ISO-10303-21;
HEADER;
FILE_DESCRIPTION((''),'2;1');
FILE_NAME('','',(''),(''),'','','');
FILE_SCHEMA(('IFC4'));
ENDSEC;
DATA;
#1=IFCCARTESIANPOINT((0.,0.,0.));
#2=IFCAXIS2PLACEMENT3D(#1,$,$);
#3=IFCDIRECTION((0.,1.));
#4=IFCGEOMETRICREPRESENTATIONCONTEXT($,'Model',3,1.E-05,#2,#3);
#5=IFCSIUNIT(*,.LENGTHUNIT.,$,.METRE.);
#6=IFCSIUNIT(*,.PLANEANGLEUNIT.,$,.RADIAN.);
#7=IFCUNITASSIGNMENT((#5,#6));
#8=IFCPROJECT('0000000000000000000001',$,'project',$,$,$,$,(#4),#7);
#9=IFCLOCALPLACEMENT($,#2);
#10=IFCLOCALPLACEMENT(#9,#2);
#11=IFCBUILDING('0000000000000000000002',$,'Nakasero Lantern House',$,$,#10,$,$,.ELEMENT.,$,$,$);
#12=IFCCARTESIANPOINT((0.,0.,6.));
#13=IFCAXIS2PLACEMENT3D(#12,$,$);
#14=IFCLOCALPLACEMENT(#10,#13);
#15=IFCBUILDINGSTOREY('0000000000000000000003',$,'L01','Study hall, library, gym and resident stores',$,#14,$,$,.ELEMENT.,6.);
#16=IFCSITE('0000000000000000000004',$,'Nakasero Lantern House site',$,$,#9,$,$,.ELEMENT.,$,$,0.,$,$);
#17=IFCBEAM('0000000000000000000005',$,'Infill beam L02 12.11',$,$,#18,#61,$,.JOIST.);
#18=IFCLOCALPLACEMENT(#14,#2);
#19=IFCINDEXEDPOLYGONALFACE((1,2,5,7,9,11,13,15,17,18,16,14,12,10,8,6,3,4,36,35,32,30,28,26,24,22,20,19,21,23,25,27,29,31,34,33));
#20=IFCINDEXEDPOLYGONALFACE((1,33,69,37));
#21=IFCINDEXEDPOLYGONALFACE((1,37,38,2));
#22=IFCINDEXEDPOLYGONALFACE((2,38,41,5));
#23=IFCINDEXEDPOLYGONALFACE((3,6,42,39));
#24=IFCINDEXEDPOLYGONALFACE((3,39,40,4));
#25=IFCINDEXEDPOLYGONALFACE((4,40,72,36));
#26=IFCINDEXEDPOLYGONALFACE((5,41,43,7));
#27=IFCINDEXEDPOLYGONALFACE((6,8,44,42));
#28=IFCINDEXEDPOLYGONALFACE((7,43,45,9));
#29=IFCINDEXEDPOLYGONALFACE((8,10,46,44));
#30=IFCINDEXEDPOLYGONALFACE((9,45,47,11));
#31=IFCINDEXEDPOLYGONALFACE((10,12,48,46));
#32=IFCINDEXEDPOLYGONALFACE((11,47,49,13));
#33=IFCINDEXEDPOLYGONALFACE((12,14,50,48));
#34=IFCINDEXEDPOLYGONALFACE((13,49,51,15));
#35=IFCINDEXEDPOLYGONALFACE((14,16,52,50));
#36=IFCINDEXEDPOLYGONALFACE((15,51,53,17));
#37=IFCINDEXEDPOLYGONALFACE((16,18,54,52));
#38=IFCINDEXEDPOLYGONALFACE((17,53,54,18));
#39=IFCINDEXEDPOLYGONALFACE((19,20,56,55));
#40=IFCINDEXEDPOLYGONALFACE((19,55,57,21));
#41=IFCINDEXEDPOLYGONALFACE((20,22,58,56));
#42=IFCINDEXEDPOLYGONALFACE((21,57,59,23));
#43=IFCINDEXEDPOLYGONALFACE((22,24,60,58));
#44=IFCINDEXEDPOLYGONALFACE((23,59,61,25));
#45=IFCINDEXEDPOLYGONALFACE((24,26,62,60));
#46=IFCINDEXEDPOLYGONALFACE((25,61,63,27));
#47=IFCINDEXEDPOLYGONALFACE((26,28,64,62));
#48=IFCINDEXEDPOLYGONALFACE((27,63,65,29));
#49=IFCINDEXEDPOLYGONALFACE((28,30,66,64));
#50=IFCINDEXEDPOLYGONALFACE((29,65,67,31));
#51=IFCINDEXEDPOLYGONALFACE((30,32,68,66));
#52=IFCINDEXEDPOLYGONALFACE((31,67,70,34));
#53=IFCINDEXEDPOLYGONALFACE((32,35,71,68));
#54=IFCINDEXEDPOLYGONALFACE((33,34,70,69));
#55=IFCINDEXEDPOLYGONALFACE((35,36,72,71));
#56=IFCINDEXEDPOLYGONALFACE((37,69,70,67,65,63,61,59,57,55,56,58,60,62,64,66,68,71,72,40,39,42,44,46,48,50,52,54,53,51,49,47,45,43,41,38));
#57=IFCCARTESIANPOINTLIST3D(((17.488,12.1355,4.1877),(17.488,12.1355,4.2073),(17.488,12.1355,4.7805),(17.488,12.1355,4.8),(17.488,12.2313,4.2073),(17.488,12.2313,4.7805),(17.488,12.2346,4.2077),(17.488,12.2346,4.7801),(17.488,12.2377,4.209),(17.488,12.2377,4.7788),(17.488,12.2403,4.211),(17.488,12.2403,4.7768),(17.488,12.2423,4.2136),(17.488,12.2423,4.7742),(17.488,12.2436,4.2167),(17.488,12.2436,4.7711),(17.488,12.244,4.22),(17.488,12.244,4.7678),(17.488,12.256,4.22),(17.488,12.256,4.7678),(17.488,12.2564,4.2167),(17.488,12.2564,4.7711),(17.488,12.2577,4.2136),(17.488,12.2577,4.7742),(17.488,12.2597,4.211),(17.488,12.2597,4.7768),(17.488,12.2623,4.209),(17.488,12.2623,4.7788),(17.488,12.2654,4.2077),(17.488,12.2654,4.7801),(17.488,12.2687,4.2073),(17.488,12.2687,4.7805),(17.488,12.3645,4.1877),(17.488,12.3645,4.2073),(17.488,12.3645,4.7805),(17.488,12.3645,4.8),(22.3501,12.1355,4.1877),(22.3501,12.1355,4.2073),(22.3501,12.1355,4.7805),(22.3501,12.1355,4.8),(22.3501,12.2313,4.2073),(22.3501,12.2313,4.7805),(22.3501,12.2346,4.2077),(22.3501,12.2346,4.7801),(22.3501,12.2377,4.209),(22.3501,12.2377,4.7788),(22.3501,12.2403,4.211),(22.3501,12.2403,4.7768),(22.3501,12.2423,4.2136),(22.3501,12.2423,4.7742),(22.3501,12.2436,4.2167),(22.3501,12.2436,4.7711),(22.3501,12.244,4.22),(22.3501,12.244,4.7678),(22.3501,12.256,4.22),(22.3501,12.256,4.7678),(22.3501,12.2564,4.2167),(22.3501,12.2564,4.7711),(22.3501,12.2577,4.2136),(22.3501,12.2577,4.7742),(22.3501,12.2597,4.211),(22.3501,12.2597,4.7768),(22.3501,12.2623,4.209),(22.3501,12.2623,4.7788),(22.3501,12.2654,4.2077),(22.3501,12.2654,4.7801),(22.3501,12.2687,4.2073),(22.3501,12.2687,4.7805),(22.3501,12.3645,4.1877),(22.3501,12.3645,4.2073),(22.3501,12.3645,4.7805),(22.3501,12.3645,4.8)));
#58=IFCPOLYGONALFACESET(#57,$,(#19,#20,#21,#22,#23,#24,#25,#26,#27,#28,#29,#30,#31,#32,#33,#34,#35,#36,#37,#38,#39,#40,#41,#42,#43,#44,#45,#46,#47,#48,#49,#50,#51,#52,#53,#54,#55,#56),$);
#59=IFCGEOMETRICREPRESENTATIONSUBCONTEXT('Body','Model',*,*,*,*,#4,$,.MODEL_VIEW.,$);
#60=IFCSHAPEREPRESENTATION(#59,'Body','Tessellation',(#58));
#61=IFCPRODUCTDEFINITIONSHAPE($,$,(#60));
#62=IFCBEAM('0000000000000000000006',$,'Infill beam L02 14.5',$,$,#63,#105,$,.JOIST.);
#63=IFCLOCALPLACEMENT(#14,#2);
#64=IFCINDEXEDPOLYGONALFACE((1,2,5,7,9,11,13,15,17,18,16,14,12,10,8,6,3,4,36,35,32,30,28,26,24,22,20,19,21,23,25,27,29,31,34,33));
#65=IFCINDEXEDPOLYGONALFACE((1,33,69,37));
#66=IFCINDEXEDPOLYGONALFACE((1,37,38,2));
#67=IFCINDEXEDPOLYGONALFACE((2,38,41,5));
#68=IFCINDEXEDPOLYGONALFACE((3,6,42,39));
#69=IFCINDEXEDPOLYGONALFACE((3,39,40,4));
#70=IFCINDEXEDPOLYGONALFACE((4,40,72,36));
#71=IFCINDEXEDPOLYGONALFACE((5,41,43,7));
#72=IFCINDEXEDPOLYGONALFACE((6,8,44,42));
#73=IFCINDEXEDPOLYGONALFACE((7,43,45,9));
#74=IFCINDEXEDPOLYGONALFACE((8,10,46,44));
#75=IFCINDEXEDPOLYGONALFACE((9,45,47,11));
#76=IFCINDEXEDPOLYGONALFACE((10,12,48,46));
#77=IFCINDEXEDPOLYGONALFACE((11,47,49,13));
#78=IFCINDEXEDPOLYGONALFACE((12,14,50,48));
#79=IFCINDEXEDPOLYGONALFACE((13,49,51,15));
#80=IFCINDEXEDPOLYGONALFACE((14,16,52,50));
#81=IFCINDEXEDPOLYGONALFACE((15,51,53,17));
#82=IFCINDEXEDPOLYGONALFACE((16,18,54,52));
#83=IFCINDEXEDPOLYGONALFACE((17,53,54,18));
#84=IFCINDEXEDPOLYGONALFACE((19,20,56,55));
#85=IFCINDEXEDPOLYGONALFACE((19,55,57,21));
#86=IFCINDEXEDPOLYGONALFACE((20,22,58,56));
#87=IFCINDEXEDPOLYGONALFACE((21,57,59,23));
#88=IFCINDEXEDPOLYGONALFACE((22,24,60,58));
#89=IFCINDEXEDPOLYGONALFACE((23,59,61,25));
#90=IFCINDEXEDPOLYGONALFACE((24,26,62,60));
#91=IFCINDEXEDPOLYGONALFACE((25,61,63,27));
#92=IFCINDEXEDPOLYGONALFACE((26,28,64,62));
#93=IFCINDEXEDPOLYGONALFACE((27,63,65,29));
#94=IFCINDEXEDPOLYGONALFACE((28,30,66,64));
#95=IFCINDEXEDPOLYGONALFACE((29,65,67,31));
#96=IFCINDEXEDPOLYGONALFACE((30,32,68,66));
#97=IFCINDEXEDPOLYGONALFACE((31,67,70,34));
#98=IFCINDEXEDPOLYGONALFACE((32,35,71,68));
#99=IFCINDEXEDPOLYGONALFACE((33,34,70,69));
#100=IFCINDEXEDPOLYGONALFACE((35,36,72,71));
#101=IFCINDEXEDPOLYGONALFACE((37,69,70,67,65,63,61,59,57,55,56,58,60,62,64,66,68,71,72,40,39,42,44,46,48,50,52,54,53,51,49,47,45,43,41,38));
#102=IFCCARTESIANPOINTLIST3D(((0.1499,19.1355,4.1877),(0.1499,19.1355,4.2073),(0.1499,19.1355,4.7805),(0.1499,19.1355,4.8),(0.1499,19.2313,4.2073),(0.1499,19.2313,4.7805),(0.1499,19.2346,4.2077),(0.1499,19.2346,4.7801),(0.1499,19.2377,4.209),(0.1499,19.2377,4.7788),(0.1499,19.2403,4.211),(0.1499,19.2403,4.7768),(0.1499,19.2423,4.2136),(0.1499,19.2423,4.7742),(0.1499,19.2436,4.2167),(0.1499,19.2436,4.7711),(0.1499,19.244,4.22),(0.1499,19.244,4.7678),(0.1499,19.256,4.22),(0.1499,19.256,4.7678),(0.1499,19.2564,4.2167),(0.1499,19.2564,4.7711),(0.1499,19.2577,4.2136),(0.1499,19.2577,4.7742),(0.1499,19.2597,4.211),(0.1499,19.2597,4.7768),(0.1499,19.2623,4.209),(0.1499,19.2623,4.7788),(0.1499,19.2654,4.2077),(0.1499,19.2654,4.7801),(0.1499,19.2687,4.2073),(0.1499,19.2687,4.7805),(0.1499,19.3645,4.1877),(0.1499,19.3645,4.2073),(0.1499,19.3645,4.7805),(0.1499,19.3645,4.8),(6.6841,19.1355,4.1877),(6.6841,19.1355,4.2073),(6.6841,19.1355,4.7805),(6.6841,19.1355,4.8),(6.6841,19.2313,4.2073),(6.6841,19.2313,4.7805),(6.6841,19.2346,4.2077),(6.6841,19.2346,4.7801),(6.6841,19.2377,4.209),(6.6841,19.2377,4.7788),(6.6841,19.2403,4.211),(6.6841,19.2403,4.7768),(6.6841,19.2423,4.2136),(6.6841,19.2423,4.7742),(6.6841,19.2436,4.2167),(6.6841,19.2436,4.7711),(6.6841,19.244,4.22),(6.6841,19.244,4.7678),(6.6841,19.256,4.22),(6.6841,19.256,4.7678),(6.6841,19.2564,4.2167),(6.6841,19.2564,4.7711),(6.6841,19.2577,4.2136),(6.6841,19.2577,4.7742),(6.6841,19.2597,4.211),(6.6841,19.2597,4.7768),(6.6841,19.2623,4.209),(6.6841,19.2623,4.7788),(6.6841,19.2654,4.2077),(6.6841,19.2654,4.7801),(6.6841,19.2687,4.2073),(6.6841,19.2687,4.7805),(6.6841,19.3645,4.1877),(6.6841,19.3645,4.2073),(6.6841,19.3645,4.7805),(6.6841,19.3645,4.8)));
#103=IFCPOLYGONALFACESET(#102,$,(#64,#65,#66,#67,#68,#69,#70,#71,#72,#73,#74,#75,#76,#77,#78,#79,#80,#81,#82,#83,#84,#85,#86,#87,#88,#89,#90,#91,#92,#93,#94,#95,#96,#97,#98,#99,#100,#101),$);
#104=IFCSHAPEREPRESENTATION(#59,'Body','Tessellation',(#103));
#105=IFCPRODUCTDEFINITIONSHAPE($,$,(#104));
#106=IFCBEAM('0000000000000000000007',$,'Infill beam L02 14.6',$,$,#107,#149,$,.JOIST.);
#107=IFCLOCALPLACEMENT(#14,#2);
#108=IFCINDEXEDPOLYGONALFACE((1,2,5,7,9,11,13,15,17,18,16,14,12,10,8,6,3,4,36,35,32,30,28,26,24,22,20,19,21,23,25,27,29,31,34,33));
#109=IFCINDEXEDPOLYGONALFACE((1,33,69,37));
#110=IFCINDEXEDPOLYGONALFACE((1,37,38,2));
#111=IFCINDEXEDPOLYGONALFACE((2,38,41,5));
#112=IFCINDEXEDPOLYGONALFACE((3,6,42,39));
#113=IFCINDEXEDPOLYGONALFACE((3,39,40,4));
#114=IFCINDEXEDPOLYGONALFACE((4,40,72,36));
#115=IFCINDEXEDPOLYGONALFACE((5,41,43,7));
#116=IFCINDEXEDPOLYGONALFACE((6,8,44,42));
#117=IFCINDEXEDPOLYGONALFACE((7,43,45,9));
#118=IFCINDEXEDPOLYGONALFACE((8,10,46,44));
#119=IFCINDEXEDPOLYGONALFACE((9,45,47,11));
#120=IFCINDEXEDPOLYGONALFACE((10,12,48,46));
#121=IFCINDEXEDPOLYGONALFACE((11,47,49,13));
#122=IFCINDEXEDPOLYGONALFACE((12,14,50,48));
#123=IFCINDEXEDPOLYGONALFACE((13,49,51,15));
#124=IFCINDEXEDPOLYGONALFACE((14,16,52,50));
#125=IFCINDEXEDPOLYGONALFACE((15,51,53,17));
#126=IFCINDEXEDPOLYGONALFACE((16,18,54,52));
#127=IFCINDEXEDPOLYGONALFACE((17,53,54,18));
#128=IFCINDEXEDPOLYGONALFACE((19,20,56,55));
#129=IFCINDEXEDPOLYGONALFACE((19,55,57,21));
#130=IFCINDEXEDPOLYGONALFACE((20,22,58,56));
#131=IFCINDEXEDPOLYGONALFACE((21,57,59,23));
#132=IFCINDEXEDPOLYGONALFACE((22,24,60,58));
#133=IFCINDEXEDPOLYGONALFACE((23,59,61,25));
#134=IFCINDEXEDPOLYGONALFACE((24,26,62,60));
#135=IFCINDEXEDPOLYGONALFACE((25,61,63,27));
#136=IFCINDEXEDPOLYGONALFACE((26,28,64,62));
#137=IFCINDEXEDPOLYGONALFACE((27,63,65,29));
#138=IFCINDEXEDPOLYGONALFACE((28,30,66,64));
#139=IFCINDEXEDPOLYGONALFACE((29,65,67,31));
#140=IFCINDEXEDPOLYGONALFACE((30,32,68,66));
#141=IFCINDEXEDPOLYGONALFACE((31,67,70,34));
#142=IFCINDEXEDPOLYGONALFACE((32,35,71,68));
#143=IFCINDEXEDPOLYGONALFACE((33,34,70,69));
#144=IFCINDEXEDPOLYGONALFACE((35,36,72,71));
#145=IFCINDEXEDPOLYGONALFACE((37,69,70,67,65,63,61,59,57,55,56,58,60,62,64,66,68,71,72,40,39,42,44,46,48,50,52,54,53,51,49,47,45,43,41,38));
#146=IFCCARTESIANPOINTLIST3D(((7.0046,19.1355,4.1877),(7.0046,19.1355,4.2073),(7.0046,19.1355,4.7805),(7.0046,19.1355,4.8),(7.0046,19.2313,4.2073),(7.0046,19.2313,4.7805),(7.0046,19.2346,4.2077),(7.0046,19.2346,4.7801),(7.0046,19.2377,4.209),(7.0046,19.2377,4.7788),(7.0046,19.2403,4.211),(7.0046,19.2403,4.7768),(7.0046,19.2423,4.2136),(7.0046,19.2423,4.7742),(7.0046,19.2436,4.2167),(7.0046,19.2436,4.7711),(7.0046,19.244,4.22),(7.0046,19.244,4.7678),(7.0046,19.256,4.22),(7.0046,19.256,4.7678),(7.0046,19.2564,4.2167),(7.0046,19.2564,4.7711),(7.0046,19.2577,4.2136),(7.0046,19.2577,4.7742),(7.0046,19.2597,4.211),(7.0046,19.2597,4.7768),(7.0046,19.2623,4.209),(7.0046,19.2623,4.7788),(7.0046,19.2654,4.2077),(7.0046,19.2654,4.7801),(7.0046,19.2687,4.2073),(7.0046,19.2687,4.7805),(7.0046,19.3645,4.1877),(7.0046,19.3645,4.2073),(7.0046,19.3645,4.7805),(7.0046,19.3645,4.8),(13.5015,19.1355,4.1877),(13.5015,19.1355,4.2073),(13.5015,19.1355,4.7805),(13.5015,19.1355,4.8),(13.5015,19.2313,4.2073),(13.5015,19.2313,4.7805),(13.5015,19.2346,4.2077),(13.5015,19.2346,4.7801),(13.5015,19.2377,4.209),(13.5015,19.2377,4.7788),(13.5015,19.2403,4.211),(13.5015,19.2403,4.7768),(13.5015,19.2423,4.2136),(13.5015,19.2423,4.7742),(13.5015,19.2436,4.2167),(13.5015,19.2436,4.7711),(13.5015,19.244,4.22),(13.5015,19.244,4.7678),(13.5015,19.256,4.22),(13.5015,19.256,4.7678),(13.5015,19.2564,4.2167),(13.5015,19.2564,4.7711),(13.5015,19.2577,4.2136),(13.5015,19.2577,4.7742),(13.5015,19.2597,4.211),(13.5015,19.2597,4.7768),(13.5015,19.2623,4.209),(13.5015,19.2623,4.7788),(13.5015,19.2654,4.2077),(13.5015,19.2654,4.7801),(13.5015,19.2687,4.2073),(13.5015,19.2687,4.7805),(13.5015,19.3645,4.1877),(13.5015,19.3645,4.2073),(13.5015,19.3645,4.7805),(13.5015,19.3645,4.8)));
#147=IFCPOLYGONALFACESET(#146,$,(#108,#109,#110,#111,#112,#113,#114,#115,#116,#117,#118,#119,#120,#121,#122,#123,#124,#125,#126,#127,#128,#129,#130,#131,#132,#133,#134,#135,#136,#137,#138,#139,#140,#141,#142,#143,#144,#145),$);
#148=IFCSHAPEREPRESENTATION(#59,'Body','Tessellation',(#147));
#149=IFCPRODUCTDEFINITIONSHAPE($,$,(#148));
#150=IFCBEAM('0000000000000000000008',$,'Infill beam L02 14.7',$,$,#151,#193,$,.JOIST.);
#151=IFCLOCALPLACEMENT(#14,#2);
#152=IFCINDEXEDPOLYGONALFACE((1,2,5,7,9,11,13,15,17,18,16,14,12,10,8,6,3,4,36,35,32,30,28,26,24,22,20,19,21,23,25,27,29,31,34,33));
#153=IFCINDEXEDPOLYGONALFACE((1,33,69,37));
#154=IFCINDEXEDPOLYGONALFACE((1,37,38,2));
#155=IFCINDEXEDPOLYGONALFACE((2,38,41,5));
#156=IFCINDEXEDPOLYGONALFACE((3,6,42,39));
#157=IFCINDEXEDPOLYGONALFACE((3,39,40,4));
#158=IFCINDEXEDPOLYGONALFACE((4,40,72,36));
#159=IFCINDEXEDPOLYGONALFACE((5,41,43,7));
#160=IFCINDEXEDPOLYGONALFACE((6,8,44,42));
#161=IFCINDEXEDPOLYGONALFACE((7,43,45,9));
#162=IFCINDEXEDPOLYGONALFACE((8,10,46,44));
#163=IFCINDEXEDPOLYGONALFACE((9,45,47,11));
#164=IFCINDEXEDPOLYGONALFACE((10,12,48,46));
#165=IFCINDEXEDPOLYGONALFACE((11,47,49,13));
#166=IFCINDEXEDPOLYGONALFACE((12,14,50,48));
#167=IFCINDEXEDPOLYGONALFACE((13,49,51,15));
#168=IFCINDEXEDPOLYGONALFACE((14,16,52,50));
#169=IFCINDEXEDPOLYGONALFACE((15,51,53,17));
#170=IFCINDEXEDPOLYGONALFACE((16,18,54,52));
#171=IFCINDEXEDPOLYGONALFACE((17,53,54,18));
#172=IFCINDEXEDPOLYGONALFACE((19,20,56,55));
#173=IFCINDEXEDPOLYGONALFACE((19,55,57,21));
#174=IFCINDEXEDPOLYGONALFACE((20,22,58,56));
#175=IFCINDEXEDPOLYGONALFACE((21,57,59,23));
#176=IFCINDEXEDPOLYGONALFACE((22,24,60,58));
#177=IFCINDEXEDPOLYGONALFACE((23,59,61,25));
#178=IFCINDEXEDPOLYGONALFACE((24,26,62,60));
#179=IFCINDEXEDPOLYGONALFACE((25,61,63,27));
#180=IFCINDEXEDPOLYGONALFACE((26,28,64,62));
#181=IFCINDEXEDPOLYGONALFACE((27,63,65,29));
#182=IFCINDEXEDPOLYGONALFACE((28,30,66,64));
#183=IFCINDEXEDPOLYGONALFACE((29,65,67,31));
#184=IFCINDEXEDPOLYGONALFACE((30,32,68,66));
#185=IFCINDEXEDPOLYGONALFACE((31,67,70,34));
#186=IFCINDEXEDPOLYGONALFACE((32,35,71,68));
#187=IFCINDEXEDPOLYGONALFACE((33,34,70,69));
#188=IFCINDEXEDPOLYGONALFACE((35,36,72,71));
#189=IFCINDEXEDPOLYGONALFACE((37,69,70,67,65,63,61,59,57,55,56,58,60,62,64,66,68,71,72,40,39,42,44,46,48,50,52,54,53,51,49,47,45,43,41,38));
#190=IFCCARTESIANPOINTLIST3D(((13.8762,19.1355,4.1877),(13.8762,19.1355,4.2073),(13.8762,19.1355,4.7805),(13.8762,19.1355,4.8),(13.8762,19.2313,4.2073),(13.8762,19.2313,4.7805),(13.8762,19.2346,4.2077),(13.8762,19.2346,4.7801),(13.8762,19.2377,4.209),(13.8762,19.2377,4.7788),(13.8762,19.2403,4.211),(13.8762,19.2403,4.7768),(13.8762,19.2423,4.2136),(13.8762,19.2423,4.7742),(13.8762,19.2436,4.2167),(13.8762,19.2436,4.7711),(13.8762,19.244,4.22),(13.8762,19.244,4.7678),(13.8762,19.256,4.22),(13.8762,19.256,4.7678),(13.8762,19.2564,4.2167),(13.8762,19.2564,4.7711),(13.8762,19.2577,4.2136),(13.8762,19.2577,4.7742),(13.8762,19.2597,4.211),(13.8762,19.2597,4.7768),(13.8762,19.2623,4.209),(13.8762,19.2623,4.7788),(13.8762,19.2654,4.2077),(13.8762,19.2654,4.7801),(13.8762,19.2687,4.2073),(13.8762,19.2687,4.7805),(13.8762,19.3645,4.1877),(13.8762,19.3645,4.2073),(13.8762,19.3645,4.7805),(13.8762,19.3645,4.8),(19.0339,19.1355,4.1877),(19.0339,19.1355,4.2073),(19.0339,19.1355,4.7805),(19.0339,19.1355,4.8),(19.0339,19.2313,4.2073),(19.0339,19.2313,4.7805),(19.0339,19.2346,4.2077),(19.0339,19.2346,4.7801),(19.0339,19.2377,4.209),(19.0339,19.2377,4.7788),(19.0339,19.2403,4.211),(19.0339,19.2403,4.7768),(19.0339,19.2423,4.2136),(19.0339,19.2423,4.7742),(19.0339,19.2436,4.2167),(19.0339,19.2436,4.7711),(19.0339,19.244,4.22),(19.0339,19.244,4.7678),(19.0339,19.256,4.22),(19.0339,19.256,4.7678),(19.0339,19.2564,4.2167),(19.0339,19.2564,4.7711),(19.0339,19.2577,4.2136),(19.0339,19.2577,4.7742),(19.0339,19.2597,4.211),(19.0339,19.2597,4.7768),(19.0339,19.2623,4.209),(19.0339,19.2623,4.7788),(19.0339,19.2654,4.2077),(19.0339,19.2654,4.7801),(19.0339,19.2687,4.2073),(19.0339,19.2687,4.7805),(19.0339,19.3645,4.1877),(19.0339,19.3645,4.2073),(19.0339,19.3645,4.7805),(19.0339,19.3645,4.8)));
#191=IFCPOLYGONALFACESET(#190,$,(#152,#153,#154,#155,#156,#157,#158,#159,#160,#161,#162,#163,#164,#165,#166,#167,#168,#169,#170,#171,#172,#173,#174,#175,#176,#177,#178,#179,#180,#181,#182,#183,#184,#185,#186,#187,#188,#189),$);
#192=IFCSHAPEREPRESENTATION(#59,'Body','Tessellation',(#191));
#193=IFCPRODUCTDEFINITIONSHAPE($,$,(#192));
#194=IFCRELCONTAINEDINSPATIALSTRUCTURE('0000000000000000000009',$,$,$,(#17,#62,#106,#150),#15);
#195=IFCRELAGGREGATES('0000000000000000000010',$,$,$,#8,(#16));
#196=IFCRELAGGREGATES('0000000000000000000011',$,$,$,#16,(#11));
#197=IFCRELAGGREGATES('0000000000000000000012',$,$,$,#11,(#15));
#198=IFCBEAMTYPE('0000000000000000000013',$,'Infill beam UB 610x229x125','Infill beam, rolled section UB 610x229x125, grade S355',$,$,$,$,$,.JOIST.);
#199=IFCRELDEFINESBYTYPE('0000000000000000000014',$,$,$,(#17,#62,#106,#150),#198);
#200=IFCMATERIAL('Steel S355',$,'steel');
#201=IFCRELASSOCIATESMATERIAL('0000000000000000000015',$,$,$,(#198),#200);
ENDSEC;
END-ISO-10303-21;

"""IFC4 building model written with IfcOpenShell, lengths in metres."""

from ifc_helpers import new_model, si_unit, direction, frame, origin, origin_2d, place, context, subcontext, project, spatial, i_section, extrude, material, material_profile, profile_set, type_object, element, save


model = new_model("IFC4")

# Units and contexts
model_context = context("Model", 3, precision=1e-05, world=origin(), true_north=direction((0.0, 1.0)))
body_context = subcontext(model_context, "Body", "Model", "MODEL_VIEW")
ifc_project = project(units=[si_unit("LENGTHUNIT", "METRE"), si_unit("PLANEANGLEUNIT", "RADIAN")], contexts=[model_context])

# Site, building, storey
site_placement = place(None, origin())
site = spatial("IfcSite", under=ifc_project, at=site_placement, Name="Nakasero Lantern House site", CompositionType="ELEMENT", RefElevation=0.0)
building_placement = place(site_placement, origin())
building = spatial("IfcBuilding", under=site, at=building_placement, Name="Nakasero Lantern House", CompositionType="ELEMENT")
storey_placement = place(building_placement, frame((0.0, 0.0, 6.0)))
storey = spatial("IfcBuildingStorey", under=building, at=storey_placement, Name="L01", Description="Study hall, library, gym and resident stores", CompositionType="ELEMENT", Elevation=6.0)

# Beams
ifc_material_1 = material(Name="Steel S355", Category="steel")
ifc_material_profile_1 = material_profile(ifc_material_1, i_section(OverallWidth=0.229, OverallDepth=0.6123, WebThickness=0.012, FlangeThickness=0.0195, FilletRadius=0.0127, at=origin_2d()), Name="UB 610x229x125")
ifc_profile_set_1 = profile_set([ifc_material_profile_1], Name="Steel S355")
beam_type_1 = type_object("IfcBeamType", Name="Infill beam UB 610x229x125", Description="Infill beam, rolled section UB 610x229x125, grade S355", PredefinedType="JOIST", material=ifc_profile_set_1)
beam_1_placement = place(storey_placement, frame((17.488, 12.25, 4.4939), z_axis=(1.0, 0.0, 0.0), x_axis=(0.0, 1.0, 0.0)))
element("IfcBeam", 1, at=beam_1_placement, inside=storey, type_object=beam_type_1, Name="Infill beam L02 12.11", PredefinedType="JOIST", context=body_context, shape_type="SweptSolid", body=[
    extrude(i_section(OverallWidth=0.229, OverallDepth=0.6123, WebThickness=0.012, FlangeThickness=0.0195, FilletRadius=0.0127, at=origin_2d()), origin(), (0.0, 0.0, 1.0), 4.8621),
])
beam_2_placement = place(storey_placement, frame((0.1499, 19.25, 4.4939), z_axis=(1.0, 0.0, 0.0), x_axis=(0.0, 1.0, 0.0)))
element("IfcBeam", 2, at=beam_2_placement, inside=storey, type_object=beam_type_1, Name="Infill beam L02 14.5", PredefinedType="JOIST", context=body_context, shape_type="SweptSolid", body=[
    extrude(i_section(OverallWidth=0.229, OverallDepth=0.6123, WebThickness=0.012, FlangeThickness=0.0195, FilletRadius=0.0127, at=origin_2d()), origin(), (0.0, 0.0, 1.0), 6.5342),
])
beam_3_placement = place(storey_placement, frame((7.0046, 19.25, 4.4939), z_axis=(1.0, 0.0, 0.0), x_axis=(0.0, 1.0, 0.0)))
element("IfcBeam", 3, at=beam_3_placement, inside=storey, type_object=beam_type_1, Name="Infill beam L02 14.6", PredefinedType="JOIST", context=body_context, shape_type="SweptSolid", body=[
    extrude(i_section(OverallWidth=0.229, OverallDepth=0.6123, WebThickness=0.012, FlangeThickness=0.0195, FilletRadius=0.0127, at=origin_2d()), origin(), (0.0, 0.0, 1.0), 6.4968),
])
beam_4_placement = place(storey_placement, frame((13.8762, 19.25, 4.4939), z_axis=(1.0, 0.0, 0.0), x_axis=(0.0, 1.0, 0.0)))
element("IfcBeam", 4, at=beam_4_placement, inside=storey, type_object=beam_type_1, Name="Infill beam L02 14.7", PredefinedType="JOIST", context=body_context, shape_type="SweptSolid", body=[
    extrude(i_section(OverallWidth=0.229, OverallDepth=0.6123, WebThickness=0.012, FlangeThickness=0.0195, FilletRadius=0.0127, at=origin_2d()), origin(), (0.0, 0.0, 1.0), 5.1577),
])

save(model, "model.ifc")
